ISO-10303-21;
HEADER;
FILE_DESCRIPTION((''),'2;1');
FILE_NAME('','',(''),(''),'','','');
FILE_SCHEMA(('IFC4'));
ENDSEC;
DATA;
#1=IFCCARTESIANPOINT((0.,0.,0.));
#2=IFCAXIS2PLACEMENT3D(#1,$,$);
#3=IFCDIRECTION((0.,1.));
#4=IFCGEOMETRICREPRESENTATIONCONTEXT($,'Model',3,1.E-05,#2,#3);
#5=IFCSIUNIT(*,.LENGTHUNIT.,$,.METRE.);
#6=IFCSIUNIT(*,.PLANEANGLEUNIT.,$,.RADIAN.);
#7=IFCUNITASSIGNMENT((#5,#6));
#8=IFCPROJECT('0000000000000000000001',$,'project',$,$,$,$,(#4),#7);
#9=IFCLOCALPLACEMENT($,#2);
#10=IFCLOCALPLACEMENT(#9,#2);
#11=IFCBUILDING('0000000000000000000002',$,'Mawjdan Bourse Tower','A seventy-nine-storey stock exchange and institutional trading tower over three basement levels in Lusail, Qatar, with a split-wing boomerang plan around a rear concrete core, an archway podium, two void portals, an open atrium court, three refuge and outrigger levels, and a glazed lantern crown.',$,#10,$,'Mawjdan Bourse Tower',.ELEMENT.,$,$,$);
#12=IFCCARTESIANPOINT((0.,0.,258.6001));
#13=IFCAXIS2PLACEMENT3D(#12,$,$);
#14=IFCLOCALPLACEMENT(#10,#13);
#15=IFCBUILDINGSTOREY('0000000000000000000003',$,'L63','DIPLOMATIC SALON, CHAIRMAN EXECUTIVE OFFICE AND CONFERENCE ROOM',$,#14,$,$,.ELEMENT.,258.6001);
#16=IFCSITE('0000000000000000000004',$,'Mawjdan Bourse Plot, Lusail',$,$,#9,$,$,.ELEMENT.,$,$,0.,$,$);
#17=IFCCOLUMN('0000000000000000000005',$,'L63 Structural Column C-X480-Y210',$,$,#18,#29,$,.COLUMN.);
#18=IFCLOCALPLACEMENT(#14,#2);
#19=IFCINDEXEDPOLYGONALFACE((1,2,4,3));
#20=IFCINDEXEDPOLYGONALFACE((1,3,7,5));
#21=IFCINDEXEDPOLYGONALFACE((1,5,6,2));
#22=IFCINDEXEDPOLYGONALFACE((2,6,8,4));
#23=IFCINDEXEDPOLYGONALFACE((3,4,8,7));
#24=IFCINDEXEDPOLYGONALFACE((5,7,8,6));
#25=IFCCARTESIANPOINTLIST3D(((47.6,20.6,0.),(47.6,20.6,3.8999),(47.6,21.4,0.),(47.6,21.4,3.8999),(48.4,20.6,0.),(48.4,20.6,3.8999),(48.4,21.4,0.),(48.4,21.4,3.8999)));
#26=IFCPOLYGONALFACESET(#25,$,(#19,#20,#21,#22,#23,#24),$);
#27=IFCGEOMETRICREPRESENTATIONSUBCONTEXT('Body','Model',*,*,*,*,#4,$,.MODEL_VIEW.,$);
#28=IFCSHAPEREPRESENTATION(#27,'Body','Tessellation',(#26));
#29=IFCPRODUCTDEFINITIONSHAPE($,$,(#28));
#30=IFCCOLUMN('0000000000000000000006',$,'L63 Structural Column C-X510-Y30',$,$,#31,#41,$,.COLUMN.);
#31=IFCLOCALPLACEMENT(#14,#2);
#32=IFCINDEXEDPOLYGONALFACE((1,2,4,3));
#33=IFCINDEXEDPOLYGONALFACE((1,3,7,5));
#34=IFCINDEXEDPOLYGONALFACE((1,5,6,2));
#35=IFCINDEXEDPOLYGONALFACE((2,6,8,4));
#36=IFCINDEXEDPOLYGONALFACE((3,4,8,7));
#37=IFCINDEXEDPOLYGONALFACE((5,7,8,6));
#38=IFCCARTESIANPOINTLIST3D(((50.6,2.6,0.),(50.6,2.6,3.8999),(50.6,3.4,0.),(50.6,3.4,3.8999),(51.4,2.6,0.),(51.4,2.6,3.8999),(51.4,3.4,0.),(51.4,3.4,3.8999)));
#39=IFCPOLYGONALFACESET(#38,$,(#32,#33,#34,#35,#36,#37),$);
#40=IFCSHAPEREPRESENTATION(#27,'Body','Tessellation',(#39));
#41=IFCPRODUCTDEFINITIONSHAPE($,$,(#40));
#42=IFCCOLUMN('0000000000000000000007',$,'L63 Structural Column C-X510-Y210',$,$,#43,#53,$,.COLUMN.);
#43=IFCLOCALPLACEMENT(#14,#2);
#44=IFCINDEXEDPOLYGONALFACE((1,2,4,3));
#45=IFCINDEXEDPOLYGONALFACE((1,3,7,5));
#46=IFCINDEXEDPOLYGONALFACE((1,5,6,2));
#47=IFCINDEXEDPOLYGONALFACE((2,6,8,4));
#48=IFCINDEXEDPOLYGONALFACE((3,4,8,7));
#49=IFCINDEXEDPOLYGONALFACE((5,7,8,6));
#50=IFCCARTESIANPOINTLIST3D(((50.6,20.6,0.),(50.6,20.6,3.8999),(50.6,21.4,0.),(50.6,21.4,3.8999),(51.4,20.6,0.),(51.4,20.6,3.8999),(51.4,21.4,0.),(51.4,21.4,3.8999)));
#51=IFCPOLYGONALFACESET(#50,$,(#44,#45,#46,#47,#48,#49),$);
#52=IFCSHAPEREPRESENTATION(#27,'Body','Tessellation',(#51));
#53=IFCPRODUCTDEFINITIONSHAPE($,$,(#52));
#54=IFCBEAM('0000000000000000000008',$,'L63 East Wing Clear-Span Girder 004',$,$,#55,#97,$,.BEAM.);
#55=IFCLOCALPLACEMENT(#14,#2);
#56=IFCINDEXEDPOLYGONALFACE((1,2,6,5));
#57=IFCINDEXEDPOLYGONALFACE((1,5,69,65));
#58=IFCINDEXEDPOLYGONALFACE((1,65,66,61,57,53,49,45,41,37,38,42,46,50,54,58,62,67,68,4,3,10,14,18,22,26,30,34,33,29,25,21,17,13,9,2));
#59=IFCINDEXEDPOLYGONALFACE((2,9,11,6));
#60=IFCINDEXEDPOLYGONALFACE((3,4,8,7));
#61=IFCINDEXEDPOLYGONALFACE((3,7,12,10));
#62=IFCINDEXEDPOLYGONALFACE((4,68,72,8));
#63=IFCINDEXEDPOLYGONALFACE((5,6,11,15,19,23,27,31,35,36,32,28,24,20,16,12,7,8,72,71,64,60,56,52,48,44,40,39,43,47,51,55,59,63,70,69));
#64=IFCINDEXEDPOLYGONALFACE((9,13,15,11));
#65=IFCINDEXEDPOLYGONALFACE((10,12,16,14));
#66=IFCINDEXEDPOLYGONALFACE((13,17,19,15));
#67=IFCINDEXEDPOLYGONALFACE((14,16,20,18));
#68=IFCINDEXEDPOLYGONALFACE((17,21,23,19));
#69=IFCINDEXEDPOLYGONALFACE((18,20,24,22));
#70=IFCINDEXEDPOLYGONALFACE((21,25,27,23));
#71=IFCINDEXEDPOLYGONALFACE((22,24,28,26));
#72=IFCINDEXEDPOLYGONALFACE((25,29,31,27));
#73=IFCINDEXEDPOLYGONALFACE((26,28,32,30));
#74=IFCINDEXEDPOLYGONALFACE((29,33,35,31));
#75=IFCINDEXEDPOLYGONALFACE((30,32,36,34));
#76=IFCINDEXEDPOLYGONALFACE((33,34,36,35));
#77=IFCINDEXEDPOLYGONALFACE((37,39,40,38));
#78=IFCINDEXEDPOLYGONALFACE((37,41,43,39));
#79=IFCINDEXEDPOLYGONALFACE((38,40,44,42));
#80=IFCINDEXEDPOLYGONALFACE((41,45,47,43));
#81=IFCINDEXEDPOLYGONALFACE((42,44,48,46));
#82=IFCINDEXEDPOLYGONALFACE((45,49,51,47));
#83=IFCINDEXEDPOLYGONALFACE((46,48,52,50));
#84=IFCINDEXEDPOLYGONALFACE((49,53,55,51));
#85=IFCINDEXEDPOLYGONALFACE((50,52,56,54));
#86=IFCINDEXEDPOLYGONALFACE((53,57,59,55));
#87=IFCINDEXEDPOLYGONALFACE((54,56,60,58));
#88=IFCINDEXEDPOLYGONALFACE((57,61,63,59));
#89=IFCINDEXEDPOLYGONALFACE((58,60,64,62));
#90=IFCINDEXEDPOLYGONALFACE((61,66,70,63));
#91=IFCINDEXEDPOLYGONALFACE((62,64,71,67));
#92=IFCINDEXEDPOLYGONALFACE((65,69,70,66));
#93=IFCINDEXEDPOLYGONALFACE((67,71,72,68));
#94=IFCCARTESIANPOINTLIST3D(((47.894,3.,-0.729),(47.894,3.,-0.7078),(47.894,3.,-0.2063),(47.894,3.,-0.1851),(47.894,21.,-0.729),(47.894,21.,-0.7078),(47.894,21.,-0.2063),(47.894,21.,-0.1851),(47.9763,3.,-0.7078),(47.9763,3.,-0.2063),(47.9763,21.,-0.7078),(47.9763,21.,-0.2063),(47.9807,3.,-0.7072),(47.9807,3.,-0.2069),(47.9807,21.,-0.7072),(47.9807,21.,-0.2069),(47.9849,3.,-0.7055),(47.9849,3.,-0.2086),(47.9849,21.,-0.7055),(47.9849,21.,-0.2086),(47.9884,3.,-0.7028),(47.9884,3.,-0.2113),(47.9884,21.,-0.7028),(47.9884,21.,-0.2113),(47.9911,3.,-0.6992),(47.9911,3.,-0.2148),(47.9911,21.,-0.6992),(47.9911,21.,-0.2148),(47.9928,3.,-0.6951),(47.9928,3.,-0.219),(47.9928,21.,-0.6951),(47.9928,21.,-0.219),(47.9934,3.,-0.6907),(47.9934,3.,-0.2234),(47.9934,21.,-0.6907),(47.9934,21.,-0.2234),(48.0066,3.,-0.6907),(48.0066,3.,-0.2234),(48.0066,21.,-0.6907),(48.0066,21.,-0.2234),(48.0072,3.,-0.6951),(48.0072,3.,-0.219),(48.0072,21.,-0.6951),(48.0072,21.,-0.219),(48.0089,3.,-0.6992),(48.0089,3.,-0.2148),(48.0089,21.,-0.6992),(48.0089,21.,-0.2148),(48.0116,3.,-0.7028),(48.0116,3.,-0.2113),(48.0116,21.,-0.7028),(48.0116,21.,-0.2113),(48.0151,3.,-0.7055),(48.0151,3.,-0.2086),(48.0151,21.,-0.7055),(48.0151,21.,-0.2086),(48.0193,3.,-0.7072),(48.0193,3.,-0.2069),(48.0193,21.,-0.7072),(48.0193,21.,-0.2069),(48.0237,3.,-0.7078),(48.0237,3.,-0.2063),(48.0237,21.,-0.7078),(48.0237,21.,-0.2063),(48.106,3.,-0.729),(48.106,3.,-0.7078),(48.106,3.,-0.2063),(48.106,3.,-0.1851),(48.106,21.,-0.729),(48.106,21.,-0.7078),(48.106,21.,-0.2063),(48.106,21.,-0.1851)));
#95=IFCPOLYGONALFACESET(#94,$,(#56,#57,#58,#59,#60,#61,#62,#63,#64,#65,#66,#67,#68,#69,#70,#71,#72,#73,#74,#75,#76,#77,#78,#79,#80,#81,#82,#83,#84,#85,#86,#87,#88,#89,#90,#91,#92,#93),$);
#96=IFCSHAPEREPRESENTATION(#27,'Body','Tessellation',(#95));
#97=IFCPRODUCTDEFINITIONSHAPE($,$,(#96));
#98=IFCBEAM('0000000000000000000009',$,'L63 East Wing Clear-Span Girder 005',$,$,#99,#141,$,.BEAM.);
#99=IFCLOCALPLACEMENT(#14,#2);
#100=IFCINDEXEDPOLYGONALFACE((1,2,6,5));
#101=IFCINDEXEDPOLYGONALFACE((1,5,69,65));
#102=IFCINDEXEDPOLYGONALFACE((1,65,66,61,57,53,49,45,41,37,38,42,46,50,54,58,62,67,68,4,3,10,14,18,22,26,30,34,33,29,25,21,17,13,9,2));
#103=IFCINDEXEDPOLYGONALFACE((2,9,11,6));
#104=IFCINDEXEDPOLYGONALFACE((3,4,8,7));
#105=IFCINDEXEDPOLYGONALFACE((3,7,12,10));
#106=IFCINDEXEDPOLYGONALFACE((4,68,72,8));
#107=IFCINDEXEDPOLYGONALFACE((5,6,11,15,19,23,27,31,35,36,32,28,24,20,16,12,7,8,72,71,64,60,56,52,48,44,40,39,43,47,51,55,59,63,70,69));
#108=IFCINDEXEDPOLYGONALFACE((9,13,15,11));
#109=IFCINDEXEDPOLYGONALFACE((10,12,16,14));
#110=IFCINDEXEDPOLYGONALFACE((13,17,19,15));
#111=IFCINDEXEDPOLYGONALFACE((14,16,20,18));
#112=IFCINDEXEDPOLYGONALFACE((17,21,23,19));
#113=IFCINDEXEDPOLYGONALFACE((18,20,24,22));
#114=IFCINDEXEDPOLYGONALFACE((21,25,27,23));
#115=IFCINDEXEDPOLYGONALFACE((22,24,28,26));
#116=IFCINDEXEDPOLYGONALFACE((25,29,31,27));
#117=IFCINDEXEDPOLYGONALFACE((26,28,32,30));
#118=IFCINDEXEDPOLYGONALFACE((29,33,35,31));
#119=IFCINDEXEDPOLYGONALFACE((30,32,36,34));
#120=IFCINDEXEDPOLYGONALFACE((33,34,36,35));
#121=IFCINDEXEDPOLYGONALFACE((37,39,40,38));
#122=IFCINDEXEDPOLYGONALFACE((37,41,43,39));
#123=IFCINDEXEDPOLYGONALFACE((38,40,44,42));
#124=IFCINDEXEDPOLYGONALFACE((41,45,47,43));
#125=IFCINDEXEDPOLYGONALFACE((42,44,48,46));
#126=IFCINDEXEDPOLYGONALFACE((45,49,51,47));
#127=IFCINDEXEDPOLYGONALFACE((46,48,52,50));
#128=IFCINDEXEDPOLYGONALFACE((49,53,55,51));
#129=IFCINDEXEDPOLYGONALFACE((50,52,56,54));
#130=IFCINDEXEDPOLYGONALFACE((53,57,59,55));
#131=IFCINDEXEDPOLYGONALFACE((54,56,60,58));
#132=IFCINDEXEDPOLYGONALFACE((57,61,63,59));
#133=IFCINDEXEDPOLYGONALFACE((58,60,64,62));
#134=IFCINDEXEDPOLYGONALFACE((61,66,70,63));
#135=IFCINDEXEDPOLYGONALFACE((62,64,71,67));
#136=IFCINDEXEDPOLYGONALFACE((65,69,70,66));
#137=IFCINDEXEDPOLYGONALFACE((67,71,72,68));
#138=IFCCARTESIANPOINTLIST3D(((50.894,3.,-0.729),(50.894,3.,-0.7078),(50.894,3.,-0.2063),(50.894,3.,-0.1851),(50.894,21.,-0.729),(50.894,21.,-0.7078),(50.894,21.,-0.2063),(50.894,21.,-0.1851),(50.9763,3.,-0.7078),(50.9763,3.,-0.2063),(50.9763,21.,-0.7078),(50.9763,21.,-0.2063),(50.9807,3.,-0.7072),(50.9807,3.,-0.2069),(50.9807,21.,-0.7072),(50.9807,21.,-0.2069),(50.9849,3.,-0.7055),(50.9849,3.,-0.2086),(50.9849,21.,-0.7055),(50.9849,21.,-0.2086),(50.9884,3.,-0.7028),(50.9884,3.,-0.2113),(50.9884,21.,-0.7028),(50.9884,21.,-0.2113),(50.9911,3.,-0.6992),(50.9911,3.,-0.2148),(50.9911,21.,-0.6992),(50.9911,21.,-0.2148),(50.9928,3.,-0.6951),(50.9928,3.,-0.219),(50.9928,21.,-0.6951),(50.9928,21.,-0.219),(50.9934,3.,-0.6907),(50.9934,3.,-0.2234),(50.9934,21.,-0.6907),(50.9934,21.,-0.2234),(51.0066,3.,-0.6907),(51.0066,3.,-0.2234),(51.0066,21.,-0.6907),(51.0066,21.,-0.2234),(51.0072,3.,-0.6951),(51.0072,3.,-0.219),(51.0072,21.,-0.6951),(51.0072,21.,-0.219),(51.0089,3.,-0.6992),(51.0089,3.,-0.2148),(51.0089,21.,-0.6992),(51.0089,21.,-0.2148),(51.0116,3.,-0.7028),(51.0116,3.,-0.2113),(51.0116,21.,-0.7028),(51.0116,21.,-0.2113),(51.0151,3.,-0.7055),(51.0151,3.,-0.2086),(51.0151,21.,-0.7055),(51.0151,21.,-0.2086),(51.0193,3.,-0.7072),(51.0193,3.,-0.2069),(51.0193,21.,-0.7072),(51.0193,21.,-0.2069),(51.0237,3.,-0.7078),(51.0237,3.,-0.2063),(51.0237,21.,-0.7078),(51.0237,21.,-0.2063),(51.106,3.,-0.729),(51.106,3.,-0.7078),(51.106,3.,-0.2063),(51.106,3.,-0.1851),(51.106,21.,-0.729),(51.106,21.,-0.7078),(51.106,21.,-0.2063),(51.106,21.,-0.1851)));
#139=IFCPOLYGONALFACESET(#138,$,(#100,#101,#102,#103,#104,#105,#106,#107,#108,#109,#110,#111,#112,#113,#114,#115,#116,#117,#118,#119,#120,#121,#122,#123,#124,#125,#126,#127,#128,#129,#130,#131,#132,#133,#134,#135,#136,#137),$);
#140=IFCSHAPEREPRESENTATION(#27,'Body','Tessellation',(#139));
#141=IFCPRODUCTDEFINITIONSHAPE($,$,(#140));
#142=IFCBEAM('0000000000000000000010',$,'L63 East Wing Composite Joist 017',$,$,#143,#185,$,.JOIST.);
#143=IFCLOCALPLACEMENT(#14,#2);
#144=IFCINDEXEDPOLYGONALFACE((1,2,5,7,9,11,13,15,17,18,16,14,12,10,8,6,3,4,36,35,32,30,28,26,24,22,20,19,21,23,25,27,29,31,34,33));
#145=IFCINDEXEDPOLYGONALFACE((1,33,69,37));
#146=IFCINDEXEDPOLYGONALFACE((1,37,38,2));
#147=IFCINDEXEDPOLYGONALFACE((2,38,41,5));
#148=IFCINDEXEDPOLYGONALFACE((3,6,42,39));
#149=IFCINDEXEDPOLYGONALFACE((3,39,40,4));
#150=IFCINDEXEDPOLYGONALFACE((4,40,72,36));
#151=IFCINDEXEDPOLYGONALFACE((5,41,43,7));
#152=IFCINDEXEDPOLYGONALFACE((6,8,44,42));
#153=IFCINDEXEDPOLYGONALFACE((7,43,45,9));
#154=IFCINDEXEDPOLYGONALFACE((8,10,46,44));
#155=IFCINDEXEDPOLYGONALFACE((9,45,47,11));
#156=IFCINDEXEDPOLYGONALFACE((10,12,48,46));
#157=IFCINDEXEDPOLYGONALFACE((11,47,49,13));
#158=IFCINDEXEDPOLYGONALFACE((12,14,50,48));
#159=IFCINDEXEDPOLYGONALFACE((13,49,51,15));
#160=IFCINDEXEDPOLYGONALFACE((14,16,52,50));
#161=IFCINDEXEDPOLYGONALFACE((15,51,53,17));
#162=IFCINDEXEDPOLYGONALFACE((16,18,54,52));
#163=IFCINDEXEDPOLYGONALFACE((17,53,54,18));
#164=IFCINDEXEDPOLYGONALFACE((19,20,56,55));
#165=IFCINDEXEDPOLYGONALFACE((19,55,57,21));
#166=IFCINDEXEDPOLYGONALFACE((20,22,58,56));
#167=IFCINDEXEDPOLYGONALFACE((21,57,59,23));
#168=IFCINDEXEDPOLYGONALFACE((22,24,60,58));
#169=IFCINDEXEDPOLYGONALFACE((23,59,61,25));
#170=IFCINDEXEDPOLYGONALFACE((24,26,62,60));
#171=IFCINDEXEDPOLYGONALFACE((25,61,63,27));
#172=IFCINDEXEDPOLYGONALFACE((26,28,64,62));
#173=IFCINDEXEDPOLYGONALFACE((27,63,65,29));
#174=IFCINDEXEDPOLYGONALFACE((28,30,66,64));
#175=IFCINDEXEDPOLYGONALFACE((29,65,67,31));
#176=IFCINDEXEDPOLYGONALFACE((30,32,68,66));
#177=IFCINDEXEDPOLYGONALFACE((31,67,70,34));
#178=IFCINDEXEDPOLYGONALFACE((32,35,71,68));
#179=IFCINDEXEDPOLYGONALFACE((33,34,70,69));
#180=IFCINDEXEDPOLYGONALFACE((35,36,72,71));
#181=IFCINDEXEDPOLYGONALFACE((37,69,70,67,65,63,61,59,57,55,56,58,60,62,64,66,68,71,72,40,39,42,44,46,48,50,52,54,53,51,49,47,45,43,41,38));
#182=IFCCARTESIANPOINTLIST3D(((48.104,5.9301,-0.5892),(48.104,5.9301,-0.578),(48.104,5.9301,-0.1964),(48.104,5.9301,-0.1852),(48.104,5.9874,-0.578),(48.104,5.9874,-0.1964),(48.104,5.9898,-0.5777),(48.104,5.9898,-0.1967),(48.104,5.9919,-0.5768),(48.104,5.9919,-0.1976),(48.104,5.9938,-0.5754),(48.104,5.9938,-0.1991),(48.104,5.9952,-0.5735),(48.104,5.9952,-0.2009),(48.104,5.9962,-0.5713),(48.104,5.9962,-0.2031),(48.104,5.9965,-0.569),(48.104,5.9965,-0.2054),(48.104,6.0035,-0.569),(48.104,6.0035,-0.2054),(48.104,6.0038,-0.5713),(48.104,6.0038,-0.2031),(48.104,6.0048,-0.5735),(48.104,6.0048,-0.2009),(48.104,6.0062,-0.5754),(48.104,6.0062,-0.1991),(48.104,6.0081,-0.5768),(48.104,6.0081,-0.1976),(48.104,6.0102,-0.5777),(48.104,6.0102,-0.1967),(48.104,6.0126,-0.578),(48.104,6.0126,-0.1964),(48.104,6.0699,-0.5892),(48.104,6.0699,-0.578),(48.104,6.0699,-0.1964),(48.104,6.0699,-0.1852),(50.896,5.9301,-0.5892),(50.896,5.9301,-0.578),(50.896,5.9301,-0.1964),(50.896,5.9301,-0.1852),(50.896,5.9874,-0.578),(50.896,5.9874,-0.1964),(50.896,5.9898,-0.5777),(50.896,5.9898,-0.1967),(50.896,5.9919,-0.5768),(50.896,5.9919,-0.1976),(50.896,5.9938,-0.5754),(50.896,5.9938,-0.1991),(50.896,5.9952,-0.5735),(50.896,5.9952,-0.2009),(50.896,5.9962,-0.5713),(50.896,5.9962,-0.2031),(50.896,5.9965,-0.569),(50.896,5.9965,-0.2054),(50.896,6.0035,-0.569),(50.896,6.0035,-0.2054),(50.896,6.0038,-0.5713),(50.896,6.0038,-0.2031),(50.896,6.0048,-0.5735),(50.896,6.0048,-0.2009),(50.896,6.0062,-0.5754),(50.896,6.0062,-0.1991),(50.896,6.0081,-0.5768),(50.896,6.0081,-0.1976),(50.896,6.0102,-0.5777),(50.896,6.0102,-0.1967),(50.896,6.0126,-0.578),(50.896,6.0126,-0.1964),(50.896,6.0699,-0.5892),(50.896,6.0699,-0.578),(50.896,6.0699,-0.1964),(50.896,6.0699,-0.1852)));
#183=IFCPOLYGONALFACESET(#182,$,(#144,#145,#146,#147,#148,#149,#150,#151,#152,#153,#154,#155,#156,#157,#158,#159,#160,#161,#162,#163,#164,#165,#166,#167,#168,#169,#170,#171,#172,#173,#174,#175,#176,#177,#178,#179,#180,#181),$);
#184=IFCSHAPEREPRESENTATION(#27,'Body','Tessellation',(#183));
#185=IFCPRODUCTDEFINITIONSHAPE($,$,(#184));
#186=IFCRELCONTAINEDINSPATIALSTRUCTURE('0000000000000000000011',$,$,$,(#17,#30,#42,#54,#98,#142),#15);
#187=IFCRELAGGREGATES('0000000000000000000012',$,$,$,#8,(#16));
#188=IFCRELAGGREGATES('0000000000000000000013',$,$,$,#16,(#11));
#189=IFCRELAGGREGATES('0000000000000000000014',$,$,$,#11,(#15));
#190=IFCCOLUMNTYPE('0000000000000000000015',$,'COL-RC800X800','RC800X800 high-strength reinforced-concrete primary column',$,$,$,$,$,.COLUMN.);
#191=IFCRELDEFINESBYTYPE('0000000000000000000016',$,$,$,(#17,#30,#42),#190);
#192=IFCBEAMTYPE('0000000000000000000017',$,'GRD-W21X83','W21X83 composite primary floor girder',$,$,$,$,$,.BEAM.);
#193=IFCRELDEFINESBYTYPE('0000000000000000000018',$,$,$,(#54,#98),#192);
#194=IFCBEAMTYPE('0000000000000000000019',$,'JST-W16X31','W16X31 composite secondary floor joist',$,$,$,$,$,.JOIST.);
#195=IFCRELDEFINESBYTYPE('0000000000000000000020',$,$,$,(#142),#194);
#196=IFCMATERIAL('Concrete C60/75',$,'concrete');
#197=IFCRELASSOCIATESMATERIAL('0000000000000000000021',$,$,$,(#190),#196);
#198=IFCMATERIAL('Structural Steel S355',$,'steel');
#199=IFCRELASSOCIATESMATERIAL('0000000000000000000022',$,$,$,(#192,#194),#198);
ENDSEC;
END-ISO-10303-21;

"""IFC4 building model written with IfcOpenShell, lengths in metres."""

from ifc_helpers import new_model, si_unit, direction, frame, origin, origin_2d, place, context, subcontext, project, spatial, rectangle, i_section, extrude, material, material_profile, profile_set, type_object, element, save


model = new_model("IFC4")

# Units and contexts
model_context = context("Model", 3, precision=1e-05, world=origin(), true_north=direction((0.0, 1.0)))
body_context = subcontext(model_context, "Body", "Model", "MODEL_VIEW")
ifc_project = project(units=[si_unit("LENGTHUNIT", "METRE"), si_unit("PLANEANGLEUNIT", "RADIAN")], contexts=[model_context])

# Site, building, storey
site_placement = place(None, origin())
site = spatial("IfcSite", under=ifc_project, at=site_placement, Name="Mawjdan Bourse Plot, Lusail", CompositionType="ELEMENT", RefElevation=0.0)
building_placement = place(site_placement, origin())
building = spatial("IfcBuilding", under=site, at=building_placement, Name="Mawjdan Bourse Tower", Description="A seventy-nine-storey stock exchange and institutional trading tower over three basement levels in Lusail, Qatar, with a split-wing boomerang plan around a rear concrete core, an archway podium, two void portals, an open atrium court, three refuge and outrigger levels, and a glazed lantern crown.", LongName="Mawjdan Bourse Tower", CompositionType="ELEMENT")
storey_placement = place(building_placement, frame((0.0, 0.0, 258.6001)))
storey = spatial("IfcBuildingStorey", under=building, at=storey_placement, Name="L63", Description="DIPLOMATIC SALON, CHAIRMAN EXECUTIVE OFFICE AND CONFERENCE ROOM", CompositionType="ELEMENT", Elevation=258.6001)

# Columns
ifc_material_1 = material(Name="Concrete C60/75", Category="concrete")
ifc_material_profile_1 = material_profile(ifc_material_1, rectangle(XDim=0.8, YDim=0.8, at=origin_2d()), Name="RC800X800")
ifc_profile_set_1 = profile_set([ifc_material_profile_1], Name="Concrete C60/75")
column_type = type_object("IfcColumnType", Name="COL-RC800X800", Description="RC800X800 high-strength reinforced-concrete primary column", PredefinedType="COLUMN", material=ifc_profile_set_1)
for number, where, z_axis, x_axis, name in (
    (1, (48.0, 21.0, 0.0), (0.0, 0.0, 1.0), (1.0, 0.0, 0.0), "L63 Structural Column C-X480-Y210"),
    (2, (51.0, 3.0, 0.0), (0.0, 0.0, 1.0), (1.0, 0.0, 0.0), "L63 Structural Column C-X510-Y30"),
    (3, (51.0, 21.0, 0.0), (0.0, 0.0, 1.0), (1.0, 0.0, 0.0), "L63 Structural Column C-X510-Y210"),
):
    element("IfcColumn", number, at=place(storey_placement, frame(where, z_axis=z_axis, x_axis=x_axis)), inside=storey, type_object=column_type, Name=name, PredefinedType="COLUMN", context=body_context, shape_type="SweptSolid", body=[
        extrude(rectangle(XDim=0.8, YDim=0.8, at=origin_2d()), origin(), (0.0, 0.0, 1.0), 3.8999),
    ])

# Beams
ifc_material_2 = material(Name="Structural Steel S355", Category="steel")
ifc_material_profile_2 = material_profile(ifc_material_2, i_section(OverallWidth=0.2119, OverallDepth=0.5439, WebThickness=0.0132, FlangeThickness=0.0212, FilletRadius=0.0171, at=origin_2d()), Name="W21X83")
ifc_profile_set_2 = profile_set([ifc_material_profile_2], Name="Structural Steel S355")
beam_type_1 = type_object("IfcBeamType", Name="GRD-W21X83", Description="W21X83 composite primary floor girder", PredefinedType="BEAM", material=ifc_profile_set_2)
for number, where, z_axis, x_axis, name in (
    (4, (48.0, 3.0, -0.457), (0.0, 1.0, 0.0), (-1.0, 0.0, 0.0), "L63 East Wing Clear-Span Girder 004"),
    (5, (51.0, 3.0, -0.457), (0.0, 1.0, 0.0), (-1.0, 0.0, 0.0), "L63 East Wing Clear-Span Girder 005"),
):
    element("IfcBeam", number, at=place(storey_placement, frame(where, z_axis=z_axis, x_axis=x_axis)), inside=storey, type_object=beam_type_1, Name=name, PredefinedType="BEAM", context=body_context, shape_type="SweptSolid", body=[
        extrude(i_section(OverallWidth=0.2119, OverallDepth=0.5439, WebThickness=0.0132, FlangeThickness=0.0212, FilletRadius=0.0171, at=origin_2d()), origin(), (0.0, 0.0, 1.0), 18.0),
    ])
ifc_material_profile_3 = material_profile(ifc_material_2, i_section(OverallWidth=0.1399, OverallDepth=0.4041, WebThickness=0.0071, FlangeThickness=0.0112, FilletRadius=0.009, at=origin_2d()), Name="W16X31")
ifc_profile_set_3 = profile_set([ifc_material_profile_3], Name="Structural Steel S355")
beam_type_2 = type_object("IfcBeamType", Name="JST-W16X31", Description="W16X31 composite secondary floor joist", PredefinedType="JOIST", material=ifc_profile_set_3)
for number, where, z_axis, x_axis, name in (
    (6, (48.104, 6.0, -0.3872), (1.0, 0.0, 0.0), (0.0, 1.0, 0.0), "L63 East Wing Composite Joist 017"),
):
    element("IfcBeam", number, at=place(storey_placement, frame(where, z_axis=z_axis, x_axis=x_axis)), inside=storey, type_object=beam_type_2, Name=name, PredefinedType="JOIST", context=body_context, shape_type="SweptSolid", body=[
        extrude(i_section(OverallWidth=0.1399, OverallDepth=0.4041, WebThickness=0.0071, FlangeThickness=0.0112, FilletRadius=0.009, at=origin_2d()), origin(), (0.0, 0.0, 1.0), 2.792),
    ])

save(model, "model.ifc")
